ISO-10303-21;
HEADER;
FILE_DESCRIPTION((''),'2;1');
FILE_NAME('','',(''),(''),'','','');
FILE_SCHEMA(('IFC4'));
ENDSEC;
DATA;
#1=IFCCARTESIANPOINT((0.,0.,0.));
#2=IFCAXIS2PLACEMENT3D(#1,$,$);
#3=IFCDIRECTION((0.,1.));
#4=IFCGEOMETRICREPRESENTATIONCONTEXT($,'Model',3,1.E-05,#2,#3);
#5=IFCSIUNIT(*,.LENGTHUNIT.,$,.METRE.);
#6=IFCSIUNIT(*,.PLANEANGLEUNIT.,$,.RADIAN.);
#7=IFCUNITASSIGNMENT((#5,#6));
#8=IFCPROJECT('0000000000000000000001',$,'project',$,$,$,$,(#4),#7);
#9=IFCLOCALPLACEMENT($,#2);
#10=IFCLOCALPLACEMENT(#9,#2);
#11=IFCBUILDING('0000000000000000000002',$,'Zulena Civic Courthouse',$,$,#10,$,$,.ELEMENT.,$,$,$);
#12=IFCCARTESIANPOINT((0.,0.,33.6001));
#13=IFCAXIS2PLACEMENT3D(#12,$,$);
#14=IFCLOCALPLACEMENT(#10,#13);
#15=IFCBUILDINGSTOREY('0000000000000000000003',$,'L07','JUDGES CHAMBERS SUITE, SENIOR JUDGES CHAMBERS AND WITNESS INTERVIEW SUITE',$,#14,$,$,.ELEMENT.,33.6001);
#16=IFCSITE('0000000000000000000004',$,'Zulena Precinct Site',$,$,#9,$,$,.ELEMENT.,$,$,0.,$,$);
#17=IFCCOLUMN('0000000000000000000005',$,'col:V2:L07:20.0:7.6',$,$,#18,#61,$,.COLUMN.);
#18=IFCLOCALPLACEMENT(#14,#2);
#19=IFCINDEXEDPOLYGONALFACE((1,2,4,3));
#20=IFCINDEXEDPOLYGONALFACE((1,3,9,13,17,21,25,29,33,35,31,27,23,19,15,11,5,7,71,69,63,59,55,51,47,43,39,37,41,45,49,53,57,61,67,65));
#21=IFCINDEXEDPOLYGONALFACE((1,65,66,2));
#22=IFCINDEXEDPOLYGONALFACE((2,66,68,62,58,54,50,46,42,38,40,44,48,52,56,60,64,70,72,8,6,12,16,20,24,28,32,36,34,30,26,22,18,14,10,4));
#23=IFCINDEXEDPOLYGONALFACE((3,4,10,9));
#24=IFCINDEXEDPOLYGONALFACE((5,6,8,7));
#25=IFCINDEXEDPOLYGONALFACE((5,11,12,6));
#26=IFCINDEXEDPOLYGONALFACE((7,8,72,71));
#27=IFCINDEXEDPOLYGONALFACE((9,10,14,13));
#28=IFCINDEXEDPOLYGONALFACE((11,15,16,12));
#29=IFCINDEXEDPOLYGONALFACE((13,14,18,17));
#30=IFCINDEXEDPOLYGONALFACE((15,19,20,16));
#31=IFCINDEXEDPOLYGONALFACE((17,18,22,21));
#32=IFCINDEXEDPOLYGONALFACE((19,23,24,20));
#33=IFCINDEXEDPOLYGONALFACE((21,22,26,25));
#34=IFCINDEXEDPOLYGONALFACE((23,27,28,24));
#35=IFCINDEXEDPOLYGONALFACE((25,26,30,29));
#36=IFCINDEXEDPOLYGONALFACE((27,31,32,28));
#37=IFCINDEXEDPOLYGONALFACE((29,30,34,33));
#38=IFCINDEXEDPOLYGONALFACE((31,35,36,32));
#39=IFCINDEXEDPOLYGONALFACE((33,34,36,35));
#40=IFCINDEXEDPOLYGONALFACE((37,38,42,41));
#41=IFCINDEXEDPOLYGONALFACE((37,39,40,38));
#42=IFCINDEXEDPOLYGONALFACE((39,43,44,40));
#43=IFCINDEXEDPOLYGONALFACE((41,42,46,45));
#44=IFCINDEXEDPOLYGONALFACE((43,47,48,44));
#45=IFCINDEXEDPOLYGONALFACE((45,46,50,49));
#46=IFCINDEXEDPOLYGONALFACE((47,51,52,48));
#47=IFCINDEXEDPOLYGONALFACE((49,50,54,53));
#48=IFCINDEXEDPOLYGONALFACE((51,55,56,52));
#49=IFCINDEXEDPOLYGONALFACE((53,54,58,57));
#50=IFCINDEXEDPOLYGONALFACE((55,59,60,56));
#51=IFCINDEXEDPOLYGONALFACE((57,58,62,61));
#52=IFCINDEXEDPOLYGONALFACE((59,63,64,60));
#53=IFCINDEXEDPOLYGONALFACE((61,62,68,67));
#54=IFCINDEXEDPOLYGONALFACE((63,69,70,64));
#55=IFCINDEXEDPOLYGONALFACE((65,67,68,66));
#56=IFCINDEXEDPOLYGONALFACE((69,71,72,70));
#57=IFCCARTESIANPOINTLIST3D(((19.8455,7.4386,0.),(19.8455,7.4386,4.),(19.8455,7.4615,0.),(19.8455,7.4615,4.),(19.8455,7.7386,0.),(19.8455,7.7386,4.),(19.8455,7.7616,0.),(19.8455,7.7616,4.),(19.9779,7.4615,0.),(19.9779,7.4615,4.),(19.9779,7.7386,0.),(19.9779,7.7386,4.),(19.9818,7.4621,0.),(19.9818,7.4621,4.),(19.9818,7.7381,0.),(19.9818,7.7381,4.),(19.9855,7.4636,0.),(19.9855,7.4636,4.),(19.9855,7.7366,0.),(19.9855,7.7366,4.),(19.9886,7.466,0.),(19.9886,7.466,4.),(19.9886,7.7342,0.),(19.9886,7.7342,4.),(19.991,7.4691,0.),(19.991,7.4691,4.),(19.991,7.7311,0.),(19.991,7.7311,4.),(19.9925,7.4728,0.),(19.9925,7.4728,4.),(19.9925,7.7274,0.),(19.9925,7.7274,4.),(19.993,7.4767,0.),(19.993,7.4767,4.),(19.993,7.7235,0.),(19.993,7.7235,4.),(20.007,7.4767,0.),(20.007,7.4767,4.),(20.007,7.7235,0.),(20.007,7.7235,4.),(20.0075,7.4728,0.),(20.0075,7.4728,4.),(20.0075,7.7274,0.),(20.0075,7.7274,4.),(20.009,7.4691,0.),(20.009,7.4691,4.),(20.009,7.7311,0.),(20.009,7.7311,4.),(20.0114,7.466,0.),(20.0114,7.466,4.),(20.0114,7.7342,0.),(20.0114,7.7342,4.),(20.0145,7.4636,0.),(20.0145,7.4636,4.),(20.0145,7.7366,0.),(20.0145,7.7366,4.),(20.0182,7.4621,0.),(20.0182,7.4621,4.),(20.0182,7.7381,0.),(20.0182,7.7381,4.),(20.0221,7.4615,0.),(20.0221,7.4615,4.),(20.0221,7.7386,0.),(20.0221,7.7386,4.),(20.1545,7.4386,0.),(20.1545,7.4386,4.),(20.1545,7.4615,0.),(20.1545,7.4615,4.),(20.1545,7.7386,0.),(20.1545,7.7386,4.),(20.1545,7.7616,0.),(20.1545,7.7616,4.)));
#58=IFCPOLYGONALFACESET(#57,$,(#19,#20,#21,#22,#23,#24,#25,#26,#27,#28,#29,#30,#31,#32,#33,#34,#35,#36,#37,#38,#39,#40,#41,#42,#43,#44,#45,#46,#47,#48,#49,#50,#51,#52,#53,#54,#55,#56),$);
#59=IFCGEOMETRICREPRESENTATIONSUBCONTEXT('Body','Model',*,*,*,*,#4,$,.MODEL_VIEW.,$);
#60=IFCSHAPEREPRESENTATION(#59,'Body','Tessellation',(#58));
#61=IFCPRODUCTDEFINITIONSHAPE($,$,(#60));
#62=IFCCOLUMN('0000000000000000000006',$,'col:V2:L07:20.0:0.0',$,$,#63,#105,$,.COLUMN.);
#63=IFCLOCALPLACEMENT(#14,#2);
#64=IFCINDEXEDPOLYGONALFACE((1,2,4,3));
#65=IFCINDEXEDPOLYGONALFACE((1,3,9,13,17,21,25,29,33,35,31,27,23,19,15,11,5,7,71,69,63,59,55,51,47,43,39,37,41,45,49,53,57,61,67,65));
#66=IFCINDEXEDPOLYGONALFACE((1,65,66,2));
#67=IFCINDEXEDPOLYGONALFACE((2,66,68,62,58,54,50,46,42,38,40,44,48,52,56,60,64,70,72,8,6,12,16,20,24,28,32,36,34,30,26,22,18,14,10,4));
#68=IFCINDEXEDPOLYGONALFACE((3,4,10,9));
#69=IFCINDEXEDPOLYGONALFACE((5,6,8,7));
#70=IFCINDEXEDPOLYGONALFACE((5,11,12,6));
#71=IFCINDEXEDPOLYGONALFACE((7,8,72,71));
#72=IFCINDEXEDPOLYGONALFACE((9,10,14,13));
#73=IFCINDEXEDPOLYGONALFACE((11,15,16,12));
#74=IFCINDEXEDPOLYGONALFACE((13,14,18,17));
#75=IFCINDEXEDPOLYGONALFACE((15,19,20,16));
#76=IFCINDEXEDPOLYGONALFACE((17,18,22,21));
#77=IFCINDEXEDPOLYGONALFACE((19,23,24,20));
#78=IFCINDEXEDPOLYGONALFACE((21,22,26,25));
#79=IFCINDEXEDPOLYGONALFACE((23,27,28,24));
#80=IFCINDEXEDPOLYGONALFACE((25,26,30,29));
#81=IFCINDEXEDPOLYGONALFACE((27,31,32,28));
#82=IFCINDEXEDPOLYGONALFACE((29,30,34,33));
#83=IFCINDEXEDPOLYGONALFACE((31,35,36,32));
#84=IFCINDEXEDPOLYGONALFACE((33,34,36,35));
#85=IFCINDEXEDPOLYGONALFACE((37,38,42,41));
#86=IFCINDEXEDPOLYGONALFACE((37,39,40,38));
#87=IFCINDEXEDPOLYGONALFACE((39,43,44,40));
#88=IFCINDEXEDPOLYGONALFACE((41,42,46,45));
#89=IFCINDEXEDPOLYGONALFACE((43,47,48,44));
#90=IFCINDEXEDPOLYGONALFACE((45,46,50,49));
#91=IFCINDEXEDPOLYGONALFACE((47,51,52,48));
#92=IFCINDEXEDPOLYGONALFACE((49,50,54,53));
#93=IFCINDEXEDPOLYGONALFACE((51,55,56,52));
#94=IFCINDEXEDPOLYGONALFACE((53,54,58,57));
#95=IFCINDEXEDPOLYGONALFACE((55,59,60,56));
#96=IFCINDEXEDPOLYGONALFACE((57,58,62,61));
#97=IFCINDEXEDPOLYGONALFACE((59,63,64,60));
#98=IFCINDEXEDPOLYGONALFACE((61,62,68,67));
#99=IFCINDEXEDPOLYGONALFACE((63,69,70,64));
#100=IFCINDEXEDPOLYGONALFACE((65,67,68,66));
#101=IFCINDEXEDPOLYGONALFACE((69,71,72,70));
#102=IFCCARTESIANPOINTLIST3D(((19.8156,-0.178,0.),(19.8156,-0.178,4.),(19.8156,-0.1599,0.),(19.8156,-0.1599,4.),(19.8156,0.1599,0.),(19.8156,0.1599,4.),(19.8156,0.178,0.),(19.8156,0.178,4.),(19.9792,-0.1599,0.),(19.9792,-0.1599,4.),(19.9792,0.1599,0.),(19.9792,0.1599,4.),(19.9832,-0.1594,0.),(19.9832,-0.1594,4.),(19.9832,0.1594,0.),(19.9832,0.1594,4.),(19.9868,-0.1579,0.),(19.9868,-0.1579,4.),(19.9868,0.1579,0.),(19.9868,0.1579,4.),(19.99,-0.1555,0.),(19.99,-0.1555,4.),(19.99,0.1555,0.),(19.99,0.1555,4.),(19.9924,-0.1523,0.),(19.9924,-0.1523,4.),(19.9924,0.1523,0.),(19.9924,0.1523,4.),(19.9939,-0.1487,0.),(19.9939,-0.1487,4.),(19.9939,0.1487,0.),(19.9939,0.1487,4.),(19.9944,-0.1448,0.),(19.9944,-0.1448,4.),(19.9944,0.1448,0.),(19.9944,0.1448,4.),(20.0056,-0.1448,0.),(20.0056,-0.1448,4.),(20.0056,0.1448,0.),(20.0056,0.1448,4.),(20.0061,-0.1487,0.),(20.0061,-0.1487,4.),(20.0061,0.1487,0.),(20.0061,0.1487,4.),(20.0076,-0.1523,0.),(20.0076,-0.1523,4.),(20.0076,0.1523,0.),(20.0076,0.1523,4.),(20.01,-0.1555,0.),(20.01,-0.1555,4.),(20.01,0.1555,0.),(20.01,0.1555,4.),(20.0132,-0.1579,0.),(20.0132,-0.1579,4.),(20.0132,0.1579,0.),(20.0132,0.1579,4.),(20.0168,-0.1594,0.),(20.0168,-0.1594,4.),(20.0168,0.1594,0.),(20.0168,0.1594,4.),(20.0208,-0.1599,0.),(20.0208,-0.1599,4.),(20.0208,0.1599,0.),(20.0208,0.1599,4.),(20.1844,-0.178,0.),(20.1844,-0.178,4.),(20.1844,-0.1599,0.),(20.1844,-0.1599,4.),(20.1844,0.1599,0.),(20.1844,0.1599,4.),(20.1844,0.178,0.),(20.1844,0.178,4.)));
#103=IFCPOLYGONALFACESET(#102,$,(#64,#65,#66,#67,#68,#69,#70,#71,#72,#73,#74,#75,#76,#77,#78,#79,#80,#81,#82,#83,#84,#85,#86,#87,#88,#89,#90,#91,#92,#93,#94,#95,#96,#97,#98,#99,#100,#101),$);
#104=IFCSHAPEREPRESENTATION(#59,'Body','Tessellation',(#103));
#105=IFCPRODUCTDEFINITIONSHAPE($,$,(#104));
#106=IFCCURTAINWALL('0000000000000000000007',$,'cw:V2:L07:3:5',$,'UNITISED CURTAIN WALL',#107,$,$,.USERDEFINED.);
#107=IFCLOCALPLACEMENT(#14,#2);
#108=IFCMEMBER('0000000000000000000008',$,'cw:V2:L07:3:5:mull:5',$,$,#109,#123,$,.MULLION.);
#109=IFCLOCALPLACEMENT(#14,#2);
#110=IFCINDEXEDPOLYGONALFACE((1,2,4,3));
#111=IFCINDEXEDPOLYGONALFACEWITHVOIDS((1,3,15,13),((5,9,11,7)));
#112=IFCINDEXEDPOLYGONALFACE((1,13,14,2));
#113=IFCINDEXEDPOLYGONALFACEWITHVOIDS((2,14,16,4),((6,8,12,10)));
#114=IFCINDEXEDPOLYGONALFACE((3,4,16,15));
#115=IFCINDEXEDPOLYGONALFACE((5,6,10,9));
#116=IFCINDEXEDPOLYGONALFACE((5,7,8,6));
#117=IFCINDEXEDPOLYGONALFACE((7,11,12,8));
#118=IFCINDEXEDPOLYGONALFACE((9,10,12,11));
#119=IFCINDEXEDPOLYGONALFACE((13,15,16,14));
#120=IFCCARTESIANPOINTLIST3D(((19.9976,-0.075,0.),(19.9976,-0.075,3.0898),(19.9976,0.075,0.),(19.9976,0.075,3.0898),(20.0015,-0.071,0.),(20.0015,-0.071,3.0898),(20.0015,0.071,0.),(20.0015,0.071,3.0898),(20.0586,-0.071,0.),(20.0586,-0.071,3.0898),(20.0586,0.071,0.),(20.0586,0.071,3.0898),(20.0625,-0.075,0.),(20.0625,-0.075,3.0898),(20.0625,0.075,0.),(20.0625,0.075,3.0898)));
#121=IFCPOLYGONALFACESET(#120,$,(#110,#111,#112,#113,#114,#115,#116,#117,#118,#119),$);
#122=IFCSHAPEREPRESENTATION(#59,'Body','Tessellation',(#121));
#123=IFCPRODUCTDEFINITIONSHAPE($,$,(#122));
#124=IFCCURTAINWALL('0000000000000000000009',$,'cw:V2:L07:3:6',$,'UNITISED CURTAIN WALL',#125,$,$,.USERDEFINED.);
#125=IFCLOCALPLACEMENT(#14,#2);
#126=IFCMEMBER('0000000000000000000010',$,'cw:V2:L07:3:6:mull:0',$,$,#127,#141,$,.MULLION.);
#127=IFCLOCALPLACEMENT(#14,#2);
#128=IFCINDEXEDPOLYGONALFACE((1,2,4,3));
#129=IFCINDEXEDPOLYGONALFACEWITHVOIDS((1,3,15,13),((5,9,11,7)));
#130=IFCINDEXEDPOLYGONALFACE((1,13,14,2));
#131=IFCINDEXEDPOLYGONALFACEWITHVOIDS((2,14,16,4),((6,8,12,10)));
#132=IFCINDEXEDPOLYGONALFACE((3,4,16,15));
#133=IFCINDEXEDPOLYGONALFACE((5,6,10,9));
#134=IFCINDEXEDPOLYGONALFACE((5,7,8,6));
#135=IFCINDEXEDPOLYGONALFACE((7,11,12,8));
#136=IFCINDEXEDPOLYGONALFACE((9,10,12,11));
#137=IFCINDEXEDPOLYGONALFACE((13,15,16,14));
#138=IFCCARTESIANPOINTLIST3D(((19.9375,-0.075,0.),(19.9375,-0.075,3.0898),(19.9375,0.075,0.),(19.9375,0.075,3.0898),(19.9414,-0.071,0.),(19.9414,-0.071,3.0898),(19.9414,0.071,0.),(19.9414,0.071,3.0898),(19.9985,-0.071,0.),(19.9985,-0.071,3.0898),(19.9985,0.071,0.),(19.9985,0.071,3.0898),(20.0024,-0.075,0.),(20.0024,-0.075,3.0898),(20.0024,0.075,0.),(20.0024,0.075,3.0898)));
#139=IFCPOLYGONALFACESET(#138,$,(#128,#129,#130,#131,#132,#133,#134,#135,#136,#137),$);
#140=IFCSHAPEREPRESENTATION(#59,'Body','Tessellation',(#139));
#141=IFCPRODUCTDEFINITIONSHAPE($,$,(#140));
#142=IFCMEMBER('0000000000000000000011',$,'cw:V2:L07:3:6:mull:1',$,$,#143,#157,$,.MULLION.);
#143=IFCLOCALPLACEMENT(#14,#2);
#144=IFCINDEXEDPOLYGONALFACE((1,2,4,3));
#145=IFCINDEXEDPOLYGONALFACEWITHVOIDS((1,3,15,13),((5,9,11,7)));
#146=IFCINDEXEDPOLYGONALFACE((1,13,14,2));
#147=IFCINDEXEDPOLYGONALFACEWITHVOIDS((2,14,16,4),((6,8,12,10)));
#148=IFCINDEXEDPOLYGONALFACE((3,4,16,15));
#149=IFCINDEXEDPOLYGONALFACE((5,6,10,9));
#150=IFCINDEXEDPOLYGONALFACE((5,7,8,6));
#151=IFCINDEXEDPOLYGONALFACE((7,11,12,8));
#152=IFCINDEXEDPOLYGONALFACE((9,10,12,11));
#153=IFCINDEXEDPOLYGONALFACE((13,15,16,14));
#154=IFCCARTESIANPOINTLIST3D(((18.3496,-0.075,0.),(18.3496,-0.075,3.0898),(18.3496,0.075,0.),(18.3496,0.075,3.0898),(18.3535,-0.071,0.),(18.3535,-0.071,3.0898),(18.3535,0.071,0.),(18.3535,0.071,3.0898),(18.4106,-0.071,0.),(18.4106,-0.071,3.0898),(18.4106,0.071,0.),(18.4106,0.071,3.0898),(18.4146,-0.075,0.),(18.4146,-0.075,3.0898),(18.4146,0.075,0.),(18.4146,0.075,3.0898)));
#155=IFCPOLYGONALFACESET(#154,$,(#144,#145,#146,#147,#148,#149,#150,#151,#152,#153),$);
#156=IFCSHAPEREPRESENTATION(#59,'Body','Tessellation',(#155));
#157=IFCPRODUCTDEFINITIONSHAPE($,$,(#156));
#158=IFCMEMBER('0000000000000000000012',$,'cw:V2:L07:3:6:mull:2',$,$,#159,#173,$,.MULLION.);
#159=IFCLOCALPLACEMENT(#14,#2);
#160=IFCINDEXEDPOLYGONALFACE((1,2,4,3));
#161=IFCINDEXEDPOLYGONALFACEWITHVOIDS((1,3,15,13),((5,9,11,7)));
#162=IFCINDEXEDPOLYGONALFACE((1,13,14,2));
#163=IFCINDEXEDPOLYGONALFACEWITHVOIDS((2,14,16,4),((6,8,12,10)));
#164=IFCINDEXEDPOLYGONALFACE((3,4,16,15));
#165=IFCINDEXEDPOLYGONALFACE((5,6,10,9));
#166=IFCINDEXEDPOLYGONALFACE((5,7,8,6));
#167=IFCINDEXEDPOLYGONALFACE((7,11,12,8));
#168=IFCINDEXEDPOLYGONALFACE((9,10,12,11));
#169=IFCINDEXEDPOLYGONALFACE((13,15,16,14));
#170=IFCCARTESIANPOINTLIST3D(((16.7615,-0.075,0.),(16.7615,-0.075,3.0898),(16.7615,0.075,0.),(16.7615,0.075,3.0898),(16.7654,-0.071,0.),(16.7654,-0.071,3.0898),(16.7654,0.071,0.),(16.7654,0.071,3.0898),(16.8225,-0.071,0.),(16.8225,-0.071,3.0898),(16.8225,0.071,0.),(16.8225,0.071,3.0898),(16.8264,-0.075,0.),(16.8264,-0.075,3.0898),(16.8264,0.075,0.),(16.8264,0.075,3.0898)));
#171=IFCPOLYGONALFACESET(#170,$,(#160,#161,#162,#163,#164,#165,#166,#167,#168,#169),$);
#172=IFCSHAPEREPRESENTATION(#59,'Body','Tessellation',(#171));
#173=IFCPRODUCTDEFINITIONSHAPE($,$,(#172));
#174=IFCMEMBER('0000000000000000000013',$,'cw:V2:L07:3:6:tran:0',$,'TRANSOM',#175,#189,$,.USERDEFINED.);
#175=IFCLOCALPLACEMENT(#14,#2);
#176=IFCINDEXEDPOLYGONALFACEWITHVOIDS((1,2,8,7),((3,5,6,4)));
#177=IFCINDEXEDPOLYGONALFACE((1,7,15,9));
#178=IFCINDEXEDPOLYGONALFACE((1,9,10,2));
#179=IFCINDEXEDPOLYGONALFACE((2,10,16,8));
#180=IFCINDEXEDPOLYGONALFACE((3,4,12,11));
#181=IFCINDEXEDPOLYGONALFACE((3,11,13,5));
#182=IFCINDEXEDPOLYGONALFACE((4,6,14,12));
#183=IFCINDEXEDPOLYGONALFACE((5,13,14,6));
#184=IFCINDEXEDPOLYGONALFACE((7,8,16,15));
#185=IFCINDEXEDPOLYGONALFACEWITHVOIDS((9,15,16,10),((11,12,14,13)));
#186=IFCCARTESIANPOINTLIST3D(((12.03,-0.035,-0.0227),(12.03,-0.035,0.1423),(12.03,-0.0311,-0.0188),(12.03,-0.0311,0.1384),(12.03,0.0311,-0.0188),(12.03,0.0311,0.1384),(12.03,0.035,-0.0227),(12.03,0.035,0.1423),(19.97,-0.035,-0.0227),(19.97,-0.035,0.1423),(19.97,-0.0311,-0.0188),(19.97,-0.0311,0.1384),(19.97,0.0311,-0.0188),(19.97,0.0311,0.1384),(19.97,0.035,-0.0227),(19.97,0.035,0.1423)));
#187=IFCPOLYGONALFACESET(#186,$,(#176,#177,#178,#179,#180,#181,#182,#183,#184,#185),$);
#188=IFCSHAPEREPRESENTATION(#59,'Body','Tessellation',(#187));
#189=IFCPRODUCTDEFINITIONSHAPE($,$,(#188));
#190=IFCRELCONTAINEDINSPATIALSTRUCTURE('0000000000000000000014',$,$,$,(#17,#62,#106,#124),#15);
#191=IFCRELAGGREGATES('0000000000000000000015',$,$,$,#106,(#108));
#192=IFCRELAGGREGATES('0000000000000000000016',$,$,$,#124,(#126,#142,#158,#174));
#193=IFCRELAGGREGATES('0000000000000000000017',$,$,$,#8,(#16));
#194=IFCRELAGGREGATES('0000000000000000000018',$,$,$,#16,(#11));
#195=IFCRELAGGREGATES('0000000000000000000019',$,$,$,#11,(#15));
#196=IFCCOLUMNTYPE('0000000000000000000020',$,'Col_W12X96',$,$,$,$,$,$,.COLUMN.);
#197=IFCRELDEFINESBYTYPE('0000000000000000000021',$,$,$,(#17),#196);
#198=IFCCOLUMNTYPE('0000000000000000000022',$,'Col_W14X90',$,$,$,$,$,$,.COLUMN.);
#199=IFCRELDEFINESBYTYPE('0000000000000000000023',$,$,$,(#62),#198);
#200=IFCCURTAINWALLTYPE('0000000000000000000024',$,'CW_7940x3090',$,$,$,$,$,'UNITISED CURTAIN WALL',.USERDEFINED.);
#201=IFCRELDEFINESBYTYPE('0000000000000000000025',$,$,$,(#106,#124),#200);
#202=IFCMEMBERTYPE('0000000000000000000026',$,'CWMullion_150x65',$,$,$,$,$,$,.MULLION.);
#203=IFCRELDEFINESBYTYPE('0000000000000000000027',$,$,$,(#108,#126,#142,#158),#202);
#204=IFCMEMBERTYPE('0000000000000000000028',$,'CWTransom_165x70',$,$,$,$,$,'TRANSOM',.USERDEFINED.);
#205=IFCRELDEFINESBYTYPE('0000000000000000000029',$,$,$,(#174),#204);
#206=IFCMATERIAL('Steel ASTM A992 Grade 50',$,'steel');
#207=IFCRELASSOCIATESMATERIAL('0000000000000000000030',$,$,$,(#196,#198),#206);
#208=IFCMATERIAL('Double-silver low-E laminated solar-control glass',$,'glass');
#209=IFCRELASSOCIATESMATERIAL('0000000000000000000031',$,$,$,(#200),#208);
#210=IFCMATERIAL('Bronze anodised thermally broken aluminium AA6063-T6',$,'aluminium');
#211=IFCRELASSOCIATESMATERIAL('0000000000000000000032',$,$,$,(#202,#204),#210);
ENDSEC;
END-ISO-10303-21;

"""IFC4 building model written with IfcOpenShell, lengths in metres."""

from ifc_helpers import new_model, si_unit, direction, frame, origin, origin_2d, place, context, subcontext, project, spatial, hollow_rectangle, i_section, extrude, material, material_profile, profile_set, type_object, element, aggregate, save


model = new_model("IFC4")

# Units and contexts
model_context = context("Model", 3, precision=1e-05, world=origin(), true_north=direction((0.0, 1.0)))
body_context = subcontext(model_context, "Body", "Model", "MODEL_VIEW")
ifc_project = project(units=[si_unit("LENGTHUNIT", "METRE"), si_unit("PLANEANGLEUNIT", "RADIAN")], contexts=[model_context])

# Site, building, storey
site_placement = place(None, origin())
site = spatial("IfcSite", under=ifc_project, at=site_placement, Name="Zulena Precinct Site", CompositionType="ELEMENT", RefElevation=0.0)
building_placement = place(site_placement, origin())
building = spatial("IfcBuilding", under=site, at=building_placement, Name="Zulena Civic Courthouse", CompositionType="ELEMENT")
storey_placement = place(building_placement, frame((0.0, 0.0, 33.6001)))
storey = spatial("IfcBuildingStorey", under=building, at=storey_placement, Name="L07", Description="JUDGES CHAMBERS SUITE, SENIOR JUDGES CHAMBERS AND WITNESS INTERVIEW SUITE", CompositionType="ELEMENT", Elevation=33.6001)

# Columns
ifc_material_1 = material(Name="Steel ASTM A992 Grade 50", Category="steel")
ifc_material_profile_1 = material_profile(ifc_material_1, i_section(OverallWidth=0.3091, OverallDepth=0.323, WebThickness=0.0139, FlangeThickness=0.0229, FilletRadius=0.0151, at=origin_2d()), Name="W12X96")
ifc_profile_set_1 = profile_set([ifc_material_profile_1], Name="Steel ASTM A992 Grade 50")
column_type_1 = type_object("IfcColumnType", Name="Col_W12X96", PredefinedType="COLUMN", material=ifc_profile_set_1)
column_1_placement = place(storey_placement, frame((20.0, 7.6001, 0.0), z_axis=(0.0, 0.0, 1.0), x_axis=(1.0, 0.0, 0.0)))
element("IfcColumn", 1, at=column_1_placement, inside=storey, type_object=column_type_1, Name="col:V2:L07:20.0:7.6", PredefinedType="COLUMN", context=body_context, shape_type="SweptSolid", body=[
    extrude(i_section(OverallWidth=0.3091, OverallDepth=0.323, WebThickness=0.0139, FlangeThickness=0.0229, FilletRadius=0.0151, at=origin_2d()), origin(), (0.0, 0.0, 1.0), 4.0),
])
ifc_material_profile_2 = material_profile(ifc_material_1, i_section(OverallWidth=0.3689, OverallDepth=0.356, WebThickness=0.0112, FlangeThickness=0.0181, FilletRadius=0.0151, at=origin_2d()), Name="W14X90")
ifc_profile_set_2 = profile_set([ifc_material_profile_2], Name="Steel ASTM A992 Grade 50")
column_type_2 = type_object("IfcColumnType", Name="Col_W14X90", PredefinedType="COLUMN", material=ifc_profile_set_2)
column_2_placement = place(storey_placement, frame((20.0, 0.0, 0.0), z_axis=(0.0, 0.0, 1.0), x_axis=(1.0, 0.0, 0.0)))
element("IfcColumn", 2, at=column_2_placement, inside=storey, type_object=column_type_2, Name="col:V2:L07:20.0:0.0", PredefinedType="COLUMN", context=body_context, shape_type="SweptSolid", body=[
    extrude(i_section(OverallWidth=0.3689, OverallDepth=0.356, WebThickness=0.0112, FlangeThickness=0.0181, FilletRadius=0.0151, at=origin_2d()), origin(), (0.0, 0.0, 1.0), 4.0),
])

# Curtain wall, member
ifc_material_2 = material(Name="Double-silver low-E laminated solar-control glass", Category="glass")
curtain_wall_type = type_object("IfcCurtainWallType", Name="CW_7940x3090", ElementType="UNITISED CURTAIN WALL", PredefinedType="USERDEFINED", material=ifc_material_2)
curtain_wall_1_placement = place(storey_placement, origin())
curtain_wall_1 = element("IfcCurtainWall", 3, at=curtain_wall_1_placement, inside=storey, type_object=curtain_wall_type, Name="cw:V2:L07:3:5", ObjectType="UNITISED CURTAIN WALL", PredefinedType="USERDEFINED")
ifc_material_3 = material(Name="Bronze anodised thermally broken aluminium AA6063-T6", Category="aluminium")
ifc_material_profile_3 = material_profile(ifc_material_3, hollow_rectangle(XDim=0.0649, YDim=0.1499, WallThickness=0.0039, at=origin_2d()), Name="CWM150X65X4")
ifc_profile_set_3 = profile_set([ifc_material_profile_3], Name="Bronze anodised thermally broken aluminium AA6063-T6")
member_type_1 = type_object("IfcMemberType", Name="CWMullion_150x65", PredefinedType="MULLION", material=ifc_profile_set_3)
member_1_placement = place(storey_placement, frame((20.03, 0.0, 0.0), z_axis=(0.0, 0.0, 1.0), x_axis=(1.0, 0.0, 0.0)))
member_1 = element("IfcMember", 4, at=member_1_placement, type_object=member_type_1, Name="cw:V2:L07:3:5:mull:5", PredefinedType="MULLION", context=body_context, shape_type="SweptSolid", body=[
    extrude(hollow_rectangle(XDim=0.0649, YDim=0.1499, WallThickness=0.0039, at=origin_2d()), origin(), (0.0, 0.0, 1.0), 3.0898),
])
aggregate(curtain_wall_1, [member_1])

# Curtain wall, members
curtain_wall_2_placement = place(storey_placement, origin())
curtain_wall_2 = element("IfcCurtainWall", 5, at=curtain_wall_2_placement, inside=storey, type_object=curtain_wall_type, Name="cw:V2:L07:3:6", ObjectType="UNITISED CURTAIN WALL", PredefinedType="USERDEFINED")
member_2_placement = place(storey_placement, frame((19.97, 0.0, 0.0), z_axis=(0.0, 0.0, 1.0), x_axis=(1.0, 0.0, 0.0)))
member_2 = element("IfcMember", 6, at=member_2_placement, type_object=member_type_1, Name="cw:V2:L07:3:6:mull:0", PredefinedType="MULLION", context=body_context, shape_type="SweptSolid", body=[
    extrude(hollow_rectangle(XDim=0.0649, YDim=0.1499, WallThickness=0.0039, at=origin_2d()), origin(), (0.0, 0.0, 1.0), 3.0898),
])
member_3_placement = place(storey_placement, frame((18.3821, 0.0, 0.0), z_axis=(0.0, 0.0, 1.0), x_axis=(1.0, 0.0, 0.0)))
member_3 = element("IfcMember", 7, at=member_3_placement, type_object=member_type_1, Name="cw:V2:L07:3:6:mull:1", PredefinedType="MULLION", context=body_context, shape_type="SweptSolid", body=[
    extrude(hollow_rectangle(XDim=0.0649, YDim=0.1499, WallThickness=0.0039, at=origin_2d()), origin(), (0.0, 0.0, 1.0), 3.0898),
])
member_4_placement = place(storey_placement, frame((16.7939, 0.0, 0.0), z_axis=(0.0, 0.0, 1.0), x_axis=(1.0, 0.0, 0.0)))
member_4 = element("IfcMember", 8, at=member_4_placement, type_object=member_type_1, Name="cw:V2:L07:3:6:mull:2", PredefinedType="MULLION", context=body_context, shape_type="SweptSolid", body=[
    extrude(hollow_rectangle(XDim=0.0649, YDim=0.1499, WallThickness=0.0039, at=origin_2d()), origin(), (0.0, 0.0, 1.0), 3.0898),
])
ifc_material_profile_4 = material_profile(ifc_material_3, hollow_rectangle(XDim=0.0701, YDim=0.165, WallThickness=0.0039, at=origin_2d()), Name="CWT165X70X4")
ifc_profile_set_4 = profile_set([ifc_material_profile_4], Name="Bronze anodised thermally broken aluminium AA6063-T6")
member_type_2 = type_object("IfcMemberType", Name="CWTransom_165x70", ElementType="TRANSOM", PredefinedType="USERDEFINED", material=ifc_profile_set_4)
member_5_placement = place(storey_placement, frame((19.97, 0.0, 0.0598), z_axis=(-1.0, 0.0, 0.0), x_axis=(0.0, -1.0, 0.0)))
member_5 = element("IfcMember", 9, at=member_5_placement, type_object=member_type_2, Name="cw:V2:L07:3:6:tran:0", ObjectType="TRANSOM", PredefinedType="USERDEFINED", context=body_context, shape_type="SweptSolid", body=[
    extrude(hollow_rectangle(XDim=0.0701, YDim=0.165, WallThickness=0.0039, at=origin_2d()), origin(), (0.0, 0.0, 1.0), 7.9399),
])

aggregate(curtain_wall_2, [member_2, member_3, member_4, member_5])

save(model, "model.ifc")
